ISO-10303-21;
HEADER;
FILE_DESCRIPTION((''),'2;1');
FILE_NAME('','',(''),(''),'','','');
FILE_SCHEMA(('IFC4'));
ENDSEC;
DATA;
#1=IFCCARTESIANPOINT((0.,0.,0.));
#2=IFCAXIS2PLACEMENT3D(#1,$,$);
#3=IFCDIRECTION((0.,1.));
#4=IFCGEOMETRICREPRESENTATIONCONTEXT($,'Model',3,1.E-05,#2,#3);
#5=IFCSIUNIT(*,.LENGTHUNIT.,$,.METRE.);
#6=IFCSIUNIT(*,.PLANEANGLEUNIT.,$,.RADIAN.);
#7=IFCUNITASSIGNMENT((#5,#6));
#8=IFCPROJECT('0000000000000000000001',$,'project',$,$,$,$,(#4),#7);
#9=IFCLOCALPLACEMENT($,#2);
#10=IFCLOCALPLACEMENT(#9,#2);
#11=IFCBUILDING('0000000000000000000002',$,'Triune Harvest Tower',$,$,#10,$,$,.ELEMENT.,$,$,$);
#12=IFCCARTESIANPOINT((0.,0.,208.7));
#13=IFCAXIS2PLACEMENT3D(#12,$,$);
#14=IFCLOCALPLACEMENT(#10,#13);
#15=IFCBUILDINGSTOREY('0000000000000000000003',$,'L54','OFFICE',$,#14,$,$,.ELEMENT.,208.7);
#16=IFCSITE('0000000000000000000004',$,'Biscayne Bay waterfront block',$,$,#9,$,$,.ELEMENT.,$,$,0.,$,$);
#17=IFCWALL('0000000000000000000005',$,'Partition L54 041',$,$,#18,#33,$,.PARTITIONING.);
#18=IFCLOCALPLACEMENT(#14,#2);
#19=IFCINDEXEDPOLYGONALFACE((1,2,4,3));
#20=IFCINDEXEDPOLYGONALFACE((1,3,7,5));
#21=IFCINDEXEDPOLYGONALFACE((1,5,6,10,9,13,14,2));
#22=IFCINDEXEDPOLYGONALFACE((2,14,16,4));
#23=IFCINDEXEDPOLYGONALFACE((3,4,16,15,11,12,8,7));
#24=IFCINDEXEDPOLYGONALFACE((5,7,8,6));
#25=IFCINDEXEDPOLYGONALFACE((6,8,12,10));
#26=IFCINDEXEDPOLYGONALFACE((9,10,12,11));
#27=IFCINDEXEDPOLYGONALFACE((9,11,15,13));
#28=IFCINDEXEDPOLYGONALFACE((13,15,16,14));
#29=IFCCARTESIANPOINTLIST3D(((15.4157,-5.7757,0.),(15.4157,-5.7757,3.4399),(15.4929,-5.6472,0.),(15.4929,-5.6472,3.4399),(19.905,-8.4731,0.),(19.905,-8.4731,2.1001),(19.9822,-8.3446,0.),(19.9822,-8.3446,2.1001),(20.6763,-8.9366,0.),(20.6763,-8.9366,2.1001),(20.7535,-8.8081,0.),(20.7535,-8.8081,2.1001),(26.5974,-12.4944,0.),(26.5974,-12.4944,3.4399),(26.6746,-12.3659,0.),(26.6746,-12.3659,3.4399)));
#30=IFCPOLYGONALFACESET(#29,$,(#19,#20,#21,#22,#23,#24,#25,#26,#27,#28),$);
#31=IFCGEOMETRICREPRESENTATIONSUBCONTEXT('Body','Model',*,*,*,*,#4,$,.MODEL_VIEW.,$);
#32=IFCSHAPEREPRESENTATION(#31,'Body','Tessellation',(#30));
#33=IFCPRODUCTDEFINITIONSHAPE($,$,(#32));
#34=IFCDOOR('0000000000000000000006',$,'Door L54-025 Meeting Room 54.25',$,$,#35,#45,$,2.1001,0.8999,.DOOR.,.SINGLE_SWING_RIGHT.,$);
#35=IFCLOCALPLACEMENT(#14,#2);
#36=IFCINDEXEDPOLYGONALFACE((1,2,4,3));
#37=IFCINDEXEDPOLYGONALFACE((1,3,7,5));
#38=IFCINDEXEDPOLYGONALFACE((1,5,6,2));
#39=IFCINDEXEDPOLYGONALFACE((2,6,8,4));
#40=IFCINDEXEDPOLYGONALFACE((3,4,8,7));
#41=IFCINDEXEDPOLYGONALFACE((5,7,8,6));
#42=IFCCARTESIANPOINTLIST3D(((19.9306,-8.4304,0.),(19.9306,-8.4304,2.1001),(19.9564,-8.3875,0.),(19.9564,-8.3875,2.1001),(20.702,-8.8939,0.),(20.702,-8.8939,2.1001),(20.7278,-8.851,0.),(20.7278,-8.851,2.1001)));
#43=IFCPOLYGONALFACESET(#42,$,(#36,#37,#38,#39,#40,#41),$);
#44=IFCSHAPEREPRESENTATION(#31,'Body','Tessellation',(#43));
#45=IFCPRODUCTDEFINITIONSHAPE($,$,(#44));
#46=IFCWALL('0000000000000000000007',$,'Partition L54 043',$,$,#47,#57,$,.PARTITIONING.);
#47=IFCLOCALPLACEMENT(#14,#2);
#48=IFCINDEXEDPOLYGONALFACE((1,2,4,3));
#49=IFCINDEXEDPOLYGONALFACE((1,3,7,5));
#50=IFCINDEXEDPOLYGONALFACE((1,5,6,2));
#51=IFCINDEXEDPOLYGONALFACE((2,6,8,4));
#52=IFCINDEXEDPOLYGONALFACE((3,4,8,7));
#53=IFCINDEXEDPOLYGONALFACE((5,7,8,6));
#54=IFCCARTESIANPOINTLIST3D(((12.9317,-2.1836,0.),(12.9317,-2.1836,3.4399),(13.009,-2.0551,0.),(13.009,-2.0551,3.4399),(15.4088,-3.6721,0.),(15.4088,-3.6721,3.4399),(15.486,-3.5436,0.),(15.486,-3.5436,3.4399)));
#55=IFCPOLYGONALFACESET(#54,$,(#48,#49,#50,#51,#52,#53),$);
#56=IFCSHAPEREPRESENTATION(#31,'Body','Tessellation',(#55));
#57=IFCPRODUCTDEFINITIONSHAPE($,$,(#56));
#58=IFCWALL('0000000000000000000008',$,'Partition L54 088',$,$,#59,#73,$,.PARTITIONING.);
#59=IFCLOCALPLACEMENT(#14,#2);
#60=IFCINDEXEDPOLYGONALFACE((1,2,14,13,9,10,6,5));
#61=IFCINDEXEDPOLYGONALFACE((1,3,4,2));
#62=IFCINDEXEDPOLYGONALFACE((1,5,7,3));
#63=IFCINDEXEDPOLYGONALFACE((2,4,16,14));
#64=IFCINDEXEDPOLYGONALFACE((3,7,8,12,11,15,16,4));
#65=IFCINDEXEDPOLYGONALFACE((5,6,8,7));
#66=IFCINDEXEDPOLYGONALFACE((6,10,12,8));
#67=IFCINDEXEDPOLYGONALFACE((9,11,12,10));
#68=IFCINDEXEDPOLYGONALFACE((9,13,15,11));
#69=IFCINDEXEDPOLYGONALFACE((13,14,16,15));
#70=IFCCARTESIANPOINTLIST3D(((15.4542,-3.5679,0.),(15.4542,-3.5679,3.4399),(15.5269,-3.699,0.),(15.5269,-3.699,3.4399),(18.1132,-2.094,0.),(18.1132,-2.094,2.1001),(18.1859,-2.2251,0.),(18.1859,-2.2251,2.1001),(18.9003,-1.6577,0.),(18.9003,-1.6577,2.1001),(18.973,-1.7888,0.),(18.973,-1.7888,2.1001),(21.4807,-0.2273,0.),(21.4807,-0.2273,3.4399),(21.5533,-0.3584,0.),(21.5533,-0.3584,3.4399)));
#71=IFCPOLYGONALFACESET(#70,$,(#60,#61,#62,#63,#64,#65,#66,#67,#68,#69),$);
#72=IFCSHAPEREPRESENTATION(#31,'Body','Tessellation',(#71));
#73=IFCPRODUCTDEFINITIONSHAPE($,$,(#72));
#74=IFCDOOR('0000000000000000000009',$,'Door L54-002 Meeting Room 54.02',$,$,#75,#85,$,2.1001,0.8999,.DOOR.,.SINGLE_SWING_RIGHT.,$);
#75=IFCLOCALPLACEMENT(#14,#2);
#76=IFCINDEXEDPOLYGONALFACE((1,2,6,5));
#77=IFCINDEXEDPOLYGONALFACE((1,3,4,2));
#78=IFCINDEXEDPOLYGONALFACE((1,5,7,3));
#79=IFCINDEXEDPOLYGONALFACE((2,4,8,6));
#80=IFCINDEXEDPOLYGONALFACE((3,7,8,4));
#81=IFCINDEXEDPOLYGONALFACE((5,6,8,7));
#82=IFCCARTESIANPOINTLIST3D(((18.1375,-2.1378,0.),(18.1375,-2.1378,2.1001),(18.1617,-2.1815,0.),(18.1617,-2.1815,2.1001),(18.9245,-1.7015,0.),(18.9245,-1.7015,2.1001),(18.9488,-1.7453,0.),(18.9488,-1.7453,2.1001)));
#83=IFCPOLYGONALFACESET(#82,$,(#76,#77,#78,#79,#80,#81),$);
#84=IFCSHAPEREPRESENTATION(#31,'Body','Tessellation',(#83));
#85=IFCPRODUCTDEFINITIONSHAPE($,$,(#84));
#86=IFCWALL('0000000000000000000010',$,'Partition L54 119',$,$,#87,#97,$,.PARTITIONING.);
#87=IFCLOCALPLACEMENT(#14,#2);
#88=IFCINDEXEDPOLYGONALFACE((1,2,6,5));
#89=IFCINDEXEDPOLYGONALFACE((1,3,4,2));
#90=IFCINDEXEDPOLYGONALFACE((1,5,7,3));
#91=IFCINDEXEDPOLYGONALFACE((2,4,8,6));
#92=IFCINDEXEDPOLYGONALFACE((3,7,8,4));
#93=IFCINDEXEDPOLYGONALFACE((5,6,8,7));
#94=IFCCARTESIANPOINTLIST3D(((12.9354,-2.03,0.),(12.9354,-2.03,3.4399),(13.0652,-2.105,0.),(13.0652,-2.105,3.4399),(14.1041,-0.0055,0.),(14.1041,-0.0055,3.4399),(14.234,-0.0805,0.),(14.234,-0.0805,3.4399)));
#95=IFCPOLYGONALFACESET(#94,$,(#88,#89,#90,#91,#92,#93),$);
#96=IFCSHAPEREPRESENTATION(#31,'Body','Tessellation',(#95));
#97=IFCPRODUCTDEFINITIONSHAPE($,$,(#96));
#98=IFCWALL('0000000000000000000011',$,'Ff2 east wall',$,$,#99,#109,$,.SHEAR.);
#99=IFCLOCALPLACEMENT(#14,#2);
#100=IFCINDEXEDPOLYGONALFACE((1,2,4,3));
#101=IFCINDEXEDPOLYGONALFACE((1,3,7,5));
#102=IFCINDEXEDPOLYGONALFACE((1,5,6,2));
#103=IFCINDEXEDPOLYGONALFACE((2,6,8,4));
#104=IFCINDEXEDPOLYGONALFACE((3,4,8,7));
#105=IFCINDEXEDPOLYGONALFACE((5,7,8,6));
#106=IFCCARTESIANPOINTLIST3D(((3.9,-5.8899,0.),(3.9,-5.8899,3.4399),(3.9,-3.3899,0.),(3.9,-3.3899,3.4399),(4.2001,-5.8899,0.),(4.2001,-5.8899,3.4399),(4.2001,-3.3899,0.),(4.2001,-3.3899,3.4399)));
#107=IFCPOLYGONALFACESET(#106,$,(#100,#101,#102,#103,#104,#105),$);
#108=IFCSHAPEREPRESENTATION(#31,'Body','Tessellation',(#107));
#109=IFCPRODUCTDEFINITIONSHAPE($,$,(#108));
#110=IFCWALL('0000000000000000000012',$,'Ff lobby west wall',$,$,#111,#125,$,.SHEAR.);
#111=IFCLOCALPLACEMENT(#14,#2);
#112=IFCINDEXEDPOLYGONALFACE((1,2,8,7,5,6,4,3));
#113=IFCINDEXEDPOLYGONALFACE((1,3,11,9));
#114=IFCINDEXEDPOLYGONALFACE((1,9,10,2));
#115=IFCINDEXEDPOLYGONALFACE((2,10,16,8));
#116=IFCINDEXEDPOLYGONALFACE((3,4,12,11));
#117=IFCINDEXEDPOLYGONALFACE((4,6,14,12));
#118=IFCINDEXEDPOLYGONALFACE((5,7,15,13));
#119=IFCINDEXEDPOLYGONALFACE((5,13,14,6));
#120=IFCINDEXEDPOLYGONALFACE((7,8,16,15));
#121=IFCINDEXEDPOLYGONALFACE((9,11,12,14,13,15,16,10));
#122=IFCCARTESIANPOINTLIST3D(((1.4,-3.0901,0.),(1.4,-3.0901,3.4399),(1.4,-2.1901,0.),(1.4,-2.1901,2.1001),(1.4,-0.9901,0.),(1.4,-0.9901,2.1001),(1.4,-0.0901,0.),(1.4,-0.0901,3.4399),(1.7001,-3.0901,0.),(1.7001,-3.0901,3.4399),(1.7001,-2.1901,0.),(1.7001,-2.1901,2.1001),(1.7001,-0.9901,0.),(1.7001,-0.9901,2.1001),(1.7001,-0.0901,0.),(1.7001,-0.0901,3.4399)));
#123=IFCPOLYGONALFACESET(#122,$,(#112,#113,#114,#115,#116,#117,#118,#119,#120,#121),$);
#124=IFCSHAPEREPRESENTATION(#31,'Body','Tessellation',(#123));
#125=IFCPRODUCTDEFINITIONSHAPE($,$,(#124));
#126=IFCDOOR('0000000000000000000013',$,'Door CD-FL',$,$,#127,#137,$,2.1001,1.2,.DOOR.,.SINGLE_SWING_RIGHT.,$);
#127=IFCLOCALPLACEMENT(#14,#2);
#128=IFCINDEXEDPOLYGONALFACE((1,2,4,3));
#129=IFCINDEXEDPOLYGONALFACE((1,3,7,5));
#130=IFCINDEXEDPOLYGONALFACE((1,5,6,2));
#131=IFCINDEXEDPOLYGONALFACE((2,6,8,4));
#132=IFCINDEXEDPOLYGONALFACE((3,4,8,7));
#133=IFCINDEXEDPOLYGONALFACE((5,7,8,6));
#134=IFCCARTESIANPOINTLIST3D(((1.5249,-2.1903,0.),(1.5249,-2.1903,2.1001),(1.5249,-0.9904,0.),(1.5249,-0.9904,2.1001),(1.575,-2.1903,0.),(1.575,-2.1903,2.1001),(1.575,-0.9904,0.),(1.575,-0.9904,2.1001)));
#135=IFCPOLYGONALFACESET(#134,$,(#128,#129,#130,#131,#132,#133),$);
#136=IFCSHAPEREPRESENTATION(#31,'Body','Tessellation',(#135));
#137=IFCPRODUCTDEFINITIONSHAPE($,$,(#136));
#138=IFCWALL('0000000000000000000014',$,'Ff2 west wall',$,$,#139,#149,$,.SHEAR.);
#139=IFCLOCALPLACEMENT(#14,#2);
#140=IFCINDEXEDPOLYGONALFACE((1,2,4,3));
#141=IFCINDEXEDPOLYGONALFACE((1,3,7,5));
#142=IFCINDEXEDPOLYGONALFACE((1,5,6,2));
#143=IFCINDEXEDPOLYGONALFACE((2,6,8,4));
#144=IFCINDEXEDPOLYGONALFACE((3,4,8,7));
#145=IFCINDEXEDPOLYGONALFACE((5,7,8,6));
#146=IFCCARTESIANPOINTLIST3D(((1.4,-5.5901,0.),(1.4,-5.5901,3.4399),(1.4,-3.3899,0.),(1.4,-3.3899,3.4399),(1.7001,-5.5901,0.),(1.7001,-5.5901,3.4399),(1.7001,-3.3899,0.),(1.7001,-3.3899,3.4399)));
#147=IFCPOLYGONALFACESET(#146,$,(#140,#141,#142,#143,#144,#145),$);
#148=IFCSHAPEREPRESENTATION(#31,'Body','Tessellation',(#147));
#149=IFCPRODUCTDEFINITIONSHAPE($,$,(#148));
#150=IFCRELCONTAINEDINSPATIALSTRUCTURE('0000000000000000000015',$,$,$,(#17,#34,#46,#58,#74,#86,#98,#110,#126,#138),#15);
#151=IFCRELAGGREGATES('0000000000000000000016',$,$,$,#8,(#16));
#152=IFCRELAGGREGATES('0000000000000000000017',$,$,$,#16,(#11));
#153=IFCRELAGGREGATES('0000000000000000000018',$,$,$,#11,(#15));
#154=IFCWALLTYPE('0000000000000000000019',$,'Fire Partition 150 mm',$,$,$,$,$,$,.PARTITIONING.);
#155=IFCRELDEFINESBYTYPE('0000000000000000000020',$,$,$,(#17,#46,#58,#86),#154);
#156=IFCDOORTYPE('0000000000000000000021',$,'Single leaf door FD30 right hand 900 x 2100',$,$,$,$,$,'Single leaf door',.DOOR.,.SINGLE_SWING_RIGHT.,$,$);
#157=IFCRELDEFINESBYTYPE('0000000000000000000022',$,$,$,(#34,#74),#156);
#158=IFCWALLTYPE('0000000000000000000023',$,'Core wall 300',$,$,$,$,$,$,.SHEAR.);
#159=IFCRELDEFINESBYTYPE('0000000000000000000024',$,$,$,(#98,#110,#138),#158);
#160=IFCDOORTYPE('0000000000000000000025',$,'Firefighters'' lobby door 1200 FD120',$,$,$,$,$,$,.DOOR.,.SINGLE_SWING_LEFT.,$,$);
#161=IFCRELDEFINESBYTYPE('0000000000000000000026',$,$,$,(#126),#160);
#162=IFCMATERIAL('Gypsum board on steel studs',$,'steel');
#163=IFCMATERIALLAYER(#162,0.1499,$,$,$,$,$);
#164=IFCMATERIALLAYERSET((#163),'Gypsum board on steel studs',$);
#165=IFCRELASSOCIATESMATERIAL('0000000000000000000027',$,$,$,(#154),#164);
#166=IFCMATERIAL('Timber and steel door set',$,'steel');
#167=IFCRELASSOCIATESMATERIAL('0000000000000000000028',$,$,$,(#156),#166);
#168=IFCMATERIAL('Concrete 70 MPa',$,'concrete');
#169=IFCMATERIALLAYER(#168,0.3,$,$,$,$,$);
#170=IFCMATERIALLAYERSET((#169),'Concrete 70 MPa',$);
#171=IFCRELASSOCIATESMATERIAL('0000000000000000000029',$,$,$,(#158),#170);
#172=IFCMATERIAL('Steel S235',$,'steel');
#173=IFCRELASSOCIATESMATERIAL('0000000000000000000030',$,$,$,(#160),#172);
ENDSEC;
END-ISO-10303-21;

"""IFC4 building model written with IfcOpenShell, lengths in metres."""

from ifc_helpers import new_model, si_unit, direction, frame, frame_2d, origin, place, context, subcontext, project, spatial, rectangle, extrude, source, transform, mapped, material, layer, layer_set, type_object, element, fill, save


model = new_model("IFC4")

# Units and contexts
model_context = context("Model", 3, precision=1e-05, world=origin(), true_north=direction((0.0, 1.0)))
body_context = subcontext(model_context, "Body", "Model", "MODEL_VIEW")
ifc_project = project(units=[si_unit("LENGTHUNIT", "METRE"), si_unit("PLANEANGLEUNIT", "RADIAN")], contexts=[model_context])

# Site, building, storey
site_placement = place(None, origin())
site = spatial("IfcSite", under=ifc_project, at=site_placement, Name="Biscayne Bay waterfront block", CompositionType="ELEMENT", RefElevation=0.0)
building_placement = place(site_placement, origin())
building = spatial("IfcBuilding", under=site, at=building_placement, Name="Triune Harvest Tower", CompositionType="ELEMENT")
storey_placement = place(building_placement, frame((0.0, 0.0, 208.7)))
storey = spatial("IfcBuildingStorey", under=building, at=storey_placement, Name="L54", Description="OFFICE", CompositionType="ELEMENT", Elevation=208.7)

# Wall, opening, door
ifc_material_1 = material(Name="Gypsum board on steel studs", Category="steel")
ifc_layer_1 = layer(ifc_material_1, 0.1499)
ifc_layer_set_1 = layer_set([ifc_layer_1], Name="Gypsum board on steel studs")
wall_type_1 = type_object("IfcWallType", Name="Fire Partition 150 mm", PredefinedType="PARTITIONING", material=ifc_layer_set_1)
wall_1_placement = place(storey_placement, frame((15.4543, -5.7114, 0.0), z_axis=(0.0, 0.0, 1.0), x_axis=(0.857162, -0.515046, 0.0)))
wall_1 = element("IfcWall", 1, at=wall_1_placement, inside=storey, type_object=wall_type_1, Name="Partition L54 041", PredefinedType="PARTITIONING", context=body_context, shape_type="SweptSolid", body=[
    extrude(rectangle(XDim=13.0449, YDim=0.1499, at=frame_2d((6.5225, 0.0))), origin(), (0.0, 0.0, 1.0), 3.4399),
])
opening_1_placement = place(wall_1_placement, frame((5.2373, 0.0, 0.0)))
opening_1 = element("IfcOpeningElement", 2, at=opening_1_placement, cuts=wall_1, PredefinedType="OPENING", context=body_context, shape_type="SweptSolid", body=[
    extrude(rectangle(XDim=0.8999, YDim=2.1001, at=frame_2d((0.45, 1.05))), frame((0.0, 0.085, 0.0), z_axis=(0.0, -1.0, 0.0), x_axis=(1.0, 0.0, 0.0)), (0.0, 0.0, 1.0), 0.1699),
])
ifc_material_2 = material(Name="Timber and steel door set", Category="steel")
door_type_1 = type_object("IfcDoorType", Name="Single leaf door FD30 right hand 900 x 2100", ElementType="Single leaf door", OperationType="SINGLE_SWING_RIGHT", PredefinedType="DOOR", material=ifc_material_2)
door_1_placement = place(opening_1_placement, origin())
door_1 = element("IfcDoor", 3, at=door_1_placement, inside=storey, type_object=door_type_1, Name="Door L54-025 Meeting Room 54.25", OperationType="SINGLE_SWING_RIGHT", OverallHeight=2.1001, OverallWidth=0.8999, PredefinedType="DOOR", context=body_context, shape_type="SweptSolid", body=[
    extrude(rectangle(XDim=0.8999, YDim=2.1001, at=frame_2d((0.45, 1.05))), frame((0.0, 0.0249, 0.0), z_axis=(0.0, -1.0, 0.0), x_axis=(1.0, 0.0, 0.0)), (0.0, 0.0, 1.0), 0.05),
])
fill(opening_1, door_1)

# Wall
wall_2_placement = place(storey_placement, frame((12.9705, -2.1194, 0.0), z_axis=(0.0, 0.0, 1.0), x_axis=(0.857142, -0.51508, 0.0)))
element("IfcWall", 4, at=wall_2_placement, inside=storey, type_object=wall_type_1, Name="Partition L54 043", PredefinedType="PARTITIONING", context=body_context, shape_type="SweptSolid", body=[
    extrude(rectangle(XDim=2.8899, YDim=0.1499, at=frame_2d((1.4448, 0.0))), origin(), (0.0, 0.0, 1.0), 3.4399),
])

# Wall, opening, door
wall_3_placement = place(storey_placement, frame((15.4905, -3.6335, 0.0), z_axis=(0.0, 0.0, 1.0), x_axis=(0.874613, 0.484821, 0.0)))
wall_3 = element("IfcWall", 5, at=wall_3_placement, inside=storey, type_object=wall_type_1, Name="Partition L54 088", PredefinedType="PARTITIONING", context=body_context, shape_type="SweptSolid", body=[
    extrude(rectangle(XDim=6.8904, YDim=0.1499, at=frame_2d((3.4453, 0.0))), origin(), (0.0, 0.0, 1.0), 3.4399),
])
opening_2_placement = place(wall_3_placement, frame((3.0403, 0.0, 0.0)))
opening_2 = element("IfcOpeningElement", 6, at=opening_2_placement, cuts=wall_3, PredefinedType="OPENING", context=body_context, shape_type="SweptSolid", body=[
    extrude(rectangle(XDim=0.8999, YDim=2.1001, at=frame_2d((0.45, 1.05))), frame((0.0, 0.085, 0.0), z_axis=(0.0, -1.0, 0.0), x_axis=(1.0, 0.0, 0.0)), (0.0, 0.0, 1.0), 0.1699),
])
door_2_placement = place(opening_2_placement, origin())
door_2 = element("IfcDoor", 7, at=door_2_placement, inside=storey, type_object=door_type_1, Name="Door L54-002 Meeting Room 54.02", OperationType="SINGLE_SWING_RIGHT", OverallHeight=2.1001, OverallWidth=0.8999, PredefinedType="DOOR", context=body_context, shape_type="SweptSolid", body=[
    extrude(rectangle(XDim=0.8999, YDim=2.1001, at=frame_2d((0.45, 1.05))), frame((0.0, 0.0249, 0.0), z_axis=(0.0, -1.0, 0.0), x_axis=(1.0, 0.0, 0.0)), (0.0, 0.0, 1.0), 0.05),
])
fill(opening_2, door_2)

# Walls
wall_4_placement = place(storey_placement, frame((13.0002, -2.0676, 0.0), z_axis=(0.0, 0.0, 1.0), x_axis=(0.49997, 0.866043, 0.0)))
element("IfcWall", 8, at=wall_4_placement, inside=storey, type_object=wall_type_1, Name="Partition L54 119", PredefinedType="PARTITIONING", context=body_context, shape_type="SweptSolid", body=[
    extrude(rectangle(XDim=2.3376, YDim=0.1499, at=frame_2d((1.1689, 0.0))), origin(), (0.0, 0.0, 1.0), 3.4399),
])
ifc_material_3 = material(Name="Concrete 70 MPa", Category="concrete")
ifc_layer_2 = layer(ifc_material_3, 0.3)
ifc_layer_set_2 = layer_set([ifc_layer_2], Name="Concrete 70 MPa")
wall_type_2 = type_object("IfcWallType", Name="Core wall 300", PredefinedType="SHEAR", material=ifc_layer_set_2)
shared_shape_1 = source(origin(), body_context, "Body", "SweptSolid", [
    extrude(rectangle(XDim=2.5, YDim=0.3, at=frame_2d((1.25, 0.0))), origin(), (0.0, 0.0, 1.0), 3.4399),
])
wall_5_placement = place(storey_placement, frame((4.05, -5.8899, 0.0), z_axis=(0.0, 0.0, 1.0), x_axis=(0.0, 1.0, 0.0)))
element("IfcWall", 9, at=wall_5_placement, inside=storey, type_object=wall_type_2, Name="Ff2 east wall", PredefinedType="SHEAR", context=body_context, shape_type="MappedRepresentation", body=[
    mapped(shared_shape_1, transform((0.0, 0.0, 0.0), scale=1.0)),
])

# Wall, opening, door
shared_shape_2 = source(origin(), body_context, "Body", "SweptSolid", [
    extrude(rectangle(XDim=3.0, YDim=0.3, at=frame_2d((1.5, 0.0))), origin(), (0.0, 0.0, 1.0), 3.4399),
])
wall_6_placement = place(storey_placement, frame((1.55, -3.0901, 0.0), z_axis=(0.0, 0.0, 1.0), x_axis=(0.0, 1.0, 0.0)))
wall_6 = element("IfcWall", 10, at=wall_6_placement, inside=storey, type_object=wall_type_2, Name="Ff lobby west wall", PredefinedType="SHEAR", context=body_context, shape_type="MappedRepresentation", body=[
    mapped(shared_shape_2, transform((0.0, 0.0, 0.0), scale=1.0)),
])
opening_3_placement = place(wall_6_placement, frame((0.8999, 0.0, 0.0)))
opening_3 = element("IfcOpeningElement", 11, at=opening_3_placement, cuts=wall_6, PredefinedType="OPENING", context=body_context, shape_type="SweptSolid", body=[
    extrude(rectangle(XDim=1.2, YDim=2.1001, at=frame_2d((0.6001, 1.05))), frame((0.0, 0.1602, 0.0), z_axis=(0.0, -1.0, 0.0), x_axis=(1.0, 0.0, 0.0)), (0.0, 0.0, 1.0), 0.3201),
])
ifc_material_4 = material(Name="Steel S235", Category="steel")
door_type_2 = type_object("IfcDoorType", Name="Firefighters' lobby door 1200 FD120", OperationType="SINGLE_SWING_LEFT", PredefinedType="DOOR", material=ifc_material_4)
door_3_placement = place(opening_3_placement, frame((1.2, 0.0, 0.0), z_axis=(0.0, 0.0, 1.0), x_axis=(-1.0, 0.0, 0.0)))
door_3 = element("IfcDoor", 12, at=door_3_placement, inside=storey, type_object=door_type_2, Name="Door CD-FL", OperationType="SINGLE_SWING_RIGHT", OverallHeight=2.1001, OverallWidth=1.2, PredefinedType="DOOR", context=body_context, shape_type="SweptSolid", body=[
    extrude(rectangle(XDim=1.2, YDim=2.1001, at=frame_2d((0.6001, 1.05))), frame((0.0, 0.0249, 0.0), z_axis=(0.0, -1.0, 0.0), x_axis=(1.0, 0.0, 0.0)), (0.0, 0.0, 1.0), 0.05),
])
fill(opening_3, door_3)

# Wall
shared_shape_3 = source(origin(), body_context, "Body", "SweptSolid", [
    extrude(rectangle(XDim=2.2002, YDim=0.3, at=frame_2d((1.1001, 0.0))), origin(), (0.0, 0.0, 1.0), 3.4399),
])
wall_7_placement = place(storey_placement, frame((1.55, -5.5901, 0.0), z_axis=(0.0, 0.0, 1.0), x_axis=(0.0, 1.0, 0.0)))
element("IfcWall", 13, at=wall_7_placement, inside=storey, type_object=wall_type_2, Name="Ff2 west wall", PredefinedType="SHEAR", context=body_context, shape_type="MappedRepresentation", body=[
    mapped(shared_shape_3, transform((0.0, 0.0, 0.0), scale=1.0)),
])

save(model, "model.ifc")
